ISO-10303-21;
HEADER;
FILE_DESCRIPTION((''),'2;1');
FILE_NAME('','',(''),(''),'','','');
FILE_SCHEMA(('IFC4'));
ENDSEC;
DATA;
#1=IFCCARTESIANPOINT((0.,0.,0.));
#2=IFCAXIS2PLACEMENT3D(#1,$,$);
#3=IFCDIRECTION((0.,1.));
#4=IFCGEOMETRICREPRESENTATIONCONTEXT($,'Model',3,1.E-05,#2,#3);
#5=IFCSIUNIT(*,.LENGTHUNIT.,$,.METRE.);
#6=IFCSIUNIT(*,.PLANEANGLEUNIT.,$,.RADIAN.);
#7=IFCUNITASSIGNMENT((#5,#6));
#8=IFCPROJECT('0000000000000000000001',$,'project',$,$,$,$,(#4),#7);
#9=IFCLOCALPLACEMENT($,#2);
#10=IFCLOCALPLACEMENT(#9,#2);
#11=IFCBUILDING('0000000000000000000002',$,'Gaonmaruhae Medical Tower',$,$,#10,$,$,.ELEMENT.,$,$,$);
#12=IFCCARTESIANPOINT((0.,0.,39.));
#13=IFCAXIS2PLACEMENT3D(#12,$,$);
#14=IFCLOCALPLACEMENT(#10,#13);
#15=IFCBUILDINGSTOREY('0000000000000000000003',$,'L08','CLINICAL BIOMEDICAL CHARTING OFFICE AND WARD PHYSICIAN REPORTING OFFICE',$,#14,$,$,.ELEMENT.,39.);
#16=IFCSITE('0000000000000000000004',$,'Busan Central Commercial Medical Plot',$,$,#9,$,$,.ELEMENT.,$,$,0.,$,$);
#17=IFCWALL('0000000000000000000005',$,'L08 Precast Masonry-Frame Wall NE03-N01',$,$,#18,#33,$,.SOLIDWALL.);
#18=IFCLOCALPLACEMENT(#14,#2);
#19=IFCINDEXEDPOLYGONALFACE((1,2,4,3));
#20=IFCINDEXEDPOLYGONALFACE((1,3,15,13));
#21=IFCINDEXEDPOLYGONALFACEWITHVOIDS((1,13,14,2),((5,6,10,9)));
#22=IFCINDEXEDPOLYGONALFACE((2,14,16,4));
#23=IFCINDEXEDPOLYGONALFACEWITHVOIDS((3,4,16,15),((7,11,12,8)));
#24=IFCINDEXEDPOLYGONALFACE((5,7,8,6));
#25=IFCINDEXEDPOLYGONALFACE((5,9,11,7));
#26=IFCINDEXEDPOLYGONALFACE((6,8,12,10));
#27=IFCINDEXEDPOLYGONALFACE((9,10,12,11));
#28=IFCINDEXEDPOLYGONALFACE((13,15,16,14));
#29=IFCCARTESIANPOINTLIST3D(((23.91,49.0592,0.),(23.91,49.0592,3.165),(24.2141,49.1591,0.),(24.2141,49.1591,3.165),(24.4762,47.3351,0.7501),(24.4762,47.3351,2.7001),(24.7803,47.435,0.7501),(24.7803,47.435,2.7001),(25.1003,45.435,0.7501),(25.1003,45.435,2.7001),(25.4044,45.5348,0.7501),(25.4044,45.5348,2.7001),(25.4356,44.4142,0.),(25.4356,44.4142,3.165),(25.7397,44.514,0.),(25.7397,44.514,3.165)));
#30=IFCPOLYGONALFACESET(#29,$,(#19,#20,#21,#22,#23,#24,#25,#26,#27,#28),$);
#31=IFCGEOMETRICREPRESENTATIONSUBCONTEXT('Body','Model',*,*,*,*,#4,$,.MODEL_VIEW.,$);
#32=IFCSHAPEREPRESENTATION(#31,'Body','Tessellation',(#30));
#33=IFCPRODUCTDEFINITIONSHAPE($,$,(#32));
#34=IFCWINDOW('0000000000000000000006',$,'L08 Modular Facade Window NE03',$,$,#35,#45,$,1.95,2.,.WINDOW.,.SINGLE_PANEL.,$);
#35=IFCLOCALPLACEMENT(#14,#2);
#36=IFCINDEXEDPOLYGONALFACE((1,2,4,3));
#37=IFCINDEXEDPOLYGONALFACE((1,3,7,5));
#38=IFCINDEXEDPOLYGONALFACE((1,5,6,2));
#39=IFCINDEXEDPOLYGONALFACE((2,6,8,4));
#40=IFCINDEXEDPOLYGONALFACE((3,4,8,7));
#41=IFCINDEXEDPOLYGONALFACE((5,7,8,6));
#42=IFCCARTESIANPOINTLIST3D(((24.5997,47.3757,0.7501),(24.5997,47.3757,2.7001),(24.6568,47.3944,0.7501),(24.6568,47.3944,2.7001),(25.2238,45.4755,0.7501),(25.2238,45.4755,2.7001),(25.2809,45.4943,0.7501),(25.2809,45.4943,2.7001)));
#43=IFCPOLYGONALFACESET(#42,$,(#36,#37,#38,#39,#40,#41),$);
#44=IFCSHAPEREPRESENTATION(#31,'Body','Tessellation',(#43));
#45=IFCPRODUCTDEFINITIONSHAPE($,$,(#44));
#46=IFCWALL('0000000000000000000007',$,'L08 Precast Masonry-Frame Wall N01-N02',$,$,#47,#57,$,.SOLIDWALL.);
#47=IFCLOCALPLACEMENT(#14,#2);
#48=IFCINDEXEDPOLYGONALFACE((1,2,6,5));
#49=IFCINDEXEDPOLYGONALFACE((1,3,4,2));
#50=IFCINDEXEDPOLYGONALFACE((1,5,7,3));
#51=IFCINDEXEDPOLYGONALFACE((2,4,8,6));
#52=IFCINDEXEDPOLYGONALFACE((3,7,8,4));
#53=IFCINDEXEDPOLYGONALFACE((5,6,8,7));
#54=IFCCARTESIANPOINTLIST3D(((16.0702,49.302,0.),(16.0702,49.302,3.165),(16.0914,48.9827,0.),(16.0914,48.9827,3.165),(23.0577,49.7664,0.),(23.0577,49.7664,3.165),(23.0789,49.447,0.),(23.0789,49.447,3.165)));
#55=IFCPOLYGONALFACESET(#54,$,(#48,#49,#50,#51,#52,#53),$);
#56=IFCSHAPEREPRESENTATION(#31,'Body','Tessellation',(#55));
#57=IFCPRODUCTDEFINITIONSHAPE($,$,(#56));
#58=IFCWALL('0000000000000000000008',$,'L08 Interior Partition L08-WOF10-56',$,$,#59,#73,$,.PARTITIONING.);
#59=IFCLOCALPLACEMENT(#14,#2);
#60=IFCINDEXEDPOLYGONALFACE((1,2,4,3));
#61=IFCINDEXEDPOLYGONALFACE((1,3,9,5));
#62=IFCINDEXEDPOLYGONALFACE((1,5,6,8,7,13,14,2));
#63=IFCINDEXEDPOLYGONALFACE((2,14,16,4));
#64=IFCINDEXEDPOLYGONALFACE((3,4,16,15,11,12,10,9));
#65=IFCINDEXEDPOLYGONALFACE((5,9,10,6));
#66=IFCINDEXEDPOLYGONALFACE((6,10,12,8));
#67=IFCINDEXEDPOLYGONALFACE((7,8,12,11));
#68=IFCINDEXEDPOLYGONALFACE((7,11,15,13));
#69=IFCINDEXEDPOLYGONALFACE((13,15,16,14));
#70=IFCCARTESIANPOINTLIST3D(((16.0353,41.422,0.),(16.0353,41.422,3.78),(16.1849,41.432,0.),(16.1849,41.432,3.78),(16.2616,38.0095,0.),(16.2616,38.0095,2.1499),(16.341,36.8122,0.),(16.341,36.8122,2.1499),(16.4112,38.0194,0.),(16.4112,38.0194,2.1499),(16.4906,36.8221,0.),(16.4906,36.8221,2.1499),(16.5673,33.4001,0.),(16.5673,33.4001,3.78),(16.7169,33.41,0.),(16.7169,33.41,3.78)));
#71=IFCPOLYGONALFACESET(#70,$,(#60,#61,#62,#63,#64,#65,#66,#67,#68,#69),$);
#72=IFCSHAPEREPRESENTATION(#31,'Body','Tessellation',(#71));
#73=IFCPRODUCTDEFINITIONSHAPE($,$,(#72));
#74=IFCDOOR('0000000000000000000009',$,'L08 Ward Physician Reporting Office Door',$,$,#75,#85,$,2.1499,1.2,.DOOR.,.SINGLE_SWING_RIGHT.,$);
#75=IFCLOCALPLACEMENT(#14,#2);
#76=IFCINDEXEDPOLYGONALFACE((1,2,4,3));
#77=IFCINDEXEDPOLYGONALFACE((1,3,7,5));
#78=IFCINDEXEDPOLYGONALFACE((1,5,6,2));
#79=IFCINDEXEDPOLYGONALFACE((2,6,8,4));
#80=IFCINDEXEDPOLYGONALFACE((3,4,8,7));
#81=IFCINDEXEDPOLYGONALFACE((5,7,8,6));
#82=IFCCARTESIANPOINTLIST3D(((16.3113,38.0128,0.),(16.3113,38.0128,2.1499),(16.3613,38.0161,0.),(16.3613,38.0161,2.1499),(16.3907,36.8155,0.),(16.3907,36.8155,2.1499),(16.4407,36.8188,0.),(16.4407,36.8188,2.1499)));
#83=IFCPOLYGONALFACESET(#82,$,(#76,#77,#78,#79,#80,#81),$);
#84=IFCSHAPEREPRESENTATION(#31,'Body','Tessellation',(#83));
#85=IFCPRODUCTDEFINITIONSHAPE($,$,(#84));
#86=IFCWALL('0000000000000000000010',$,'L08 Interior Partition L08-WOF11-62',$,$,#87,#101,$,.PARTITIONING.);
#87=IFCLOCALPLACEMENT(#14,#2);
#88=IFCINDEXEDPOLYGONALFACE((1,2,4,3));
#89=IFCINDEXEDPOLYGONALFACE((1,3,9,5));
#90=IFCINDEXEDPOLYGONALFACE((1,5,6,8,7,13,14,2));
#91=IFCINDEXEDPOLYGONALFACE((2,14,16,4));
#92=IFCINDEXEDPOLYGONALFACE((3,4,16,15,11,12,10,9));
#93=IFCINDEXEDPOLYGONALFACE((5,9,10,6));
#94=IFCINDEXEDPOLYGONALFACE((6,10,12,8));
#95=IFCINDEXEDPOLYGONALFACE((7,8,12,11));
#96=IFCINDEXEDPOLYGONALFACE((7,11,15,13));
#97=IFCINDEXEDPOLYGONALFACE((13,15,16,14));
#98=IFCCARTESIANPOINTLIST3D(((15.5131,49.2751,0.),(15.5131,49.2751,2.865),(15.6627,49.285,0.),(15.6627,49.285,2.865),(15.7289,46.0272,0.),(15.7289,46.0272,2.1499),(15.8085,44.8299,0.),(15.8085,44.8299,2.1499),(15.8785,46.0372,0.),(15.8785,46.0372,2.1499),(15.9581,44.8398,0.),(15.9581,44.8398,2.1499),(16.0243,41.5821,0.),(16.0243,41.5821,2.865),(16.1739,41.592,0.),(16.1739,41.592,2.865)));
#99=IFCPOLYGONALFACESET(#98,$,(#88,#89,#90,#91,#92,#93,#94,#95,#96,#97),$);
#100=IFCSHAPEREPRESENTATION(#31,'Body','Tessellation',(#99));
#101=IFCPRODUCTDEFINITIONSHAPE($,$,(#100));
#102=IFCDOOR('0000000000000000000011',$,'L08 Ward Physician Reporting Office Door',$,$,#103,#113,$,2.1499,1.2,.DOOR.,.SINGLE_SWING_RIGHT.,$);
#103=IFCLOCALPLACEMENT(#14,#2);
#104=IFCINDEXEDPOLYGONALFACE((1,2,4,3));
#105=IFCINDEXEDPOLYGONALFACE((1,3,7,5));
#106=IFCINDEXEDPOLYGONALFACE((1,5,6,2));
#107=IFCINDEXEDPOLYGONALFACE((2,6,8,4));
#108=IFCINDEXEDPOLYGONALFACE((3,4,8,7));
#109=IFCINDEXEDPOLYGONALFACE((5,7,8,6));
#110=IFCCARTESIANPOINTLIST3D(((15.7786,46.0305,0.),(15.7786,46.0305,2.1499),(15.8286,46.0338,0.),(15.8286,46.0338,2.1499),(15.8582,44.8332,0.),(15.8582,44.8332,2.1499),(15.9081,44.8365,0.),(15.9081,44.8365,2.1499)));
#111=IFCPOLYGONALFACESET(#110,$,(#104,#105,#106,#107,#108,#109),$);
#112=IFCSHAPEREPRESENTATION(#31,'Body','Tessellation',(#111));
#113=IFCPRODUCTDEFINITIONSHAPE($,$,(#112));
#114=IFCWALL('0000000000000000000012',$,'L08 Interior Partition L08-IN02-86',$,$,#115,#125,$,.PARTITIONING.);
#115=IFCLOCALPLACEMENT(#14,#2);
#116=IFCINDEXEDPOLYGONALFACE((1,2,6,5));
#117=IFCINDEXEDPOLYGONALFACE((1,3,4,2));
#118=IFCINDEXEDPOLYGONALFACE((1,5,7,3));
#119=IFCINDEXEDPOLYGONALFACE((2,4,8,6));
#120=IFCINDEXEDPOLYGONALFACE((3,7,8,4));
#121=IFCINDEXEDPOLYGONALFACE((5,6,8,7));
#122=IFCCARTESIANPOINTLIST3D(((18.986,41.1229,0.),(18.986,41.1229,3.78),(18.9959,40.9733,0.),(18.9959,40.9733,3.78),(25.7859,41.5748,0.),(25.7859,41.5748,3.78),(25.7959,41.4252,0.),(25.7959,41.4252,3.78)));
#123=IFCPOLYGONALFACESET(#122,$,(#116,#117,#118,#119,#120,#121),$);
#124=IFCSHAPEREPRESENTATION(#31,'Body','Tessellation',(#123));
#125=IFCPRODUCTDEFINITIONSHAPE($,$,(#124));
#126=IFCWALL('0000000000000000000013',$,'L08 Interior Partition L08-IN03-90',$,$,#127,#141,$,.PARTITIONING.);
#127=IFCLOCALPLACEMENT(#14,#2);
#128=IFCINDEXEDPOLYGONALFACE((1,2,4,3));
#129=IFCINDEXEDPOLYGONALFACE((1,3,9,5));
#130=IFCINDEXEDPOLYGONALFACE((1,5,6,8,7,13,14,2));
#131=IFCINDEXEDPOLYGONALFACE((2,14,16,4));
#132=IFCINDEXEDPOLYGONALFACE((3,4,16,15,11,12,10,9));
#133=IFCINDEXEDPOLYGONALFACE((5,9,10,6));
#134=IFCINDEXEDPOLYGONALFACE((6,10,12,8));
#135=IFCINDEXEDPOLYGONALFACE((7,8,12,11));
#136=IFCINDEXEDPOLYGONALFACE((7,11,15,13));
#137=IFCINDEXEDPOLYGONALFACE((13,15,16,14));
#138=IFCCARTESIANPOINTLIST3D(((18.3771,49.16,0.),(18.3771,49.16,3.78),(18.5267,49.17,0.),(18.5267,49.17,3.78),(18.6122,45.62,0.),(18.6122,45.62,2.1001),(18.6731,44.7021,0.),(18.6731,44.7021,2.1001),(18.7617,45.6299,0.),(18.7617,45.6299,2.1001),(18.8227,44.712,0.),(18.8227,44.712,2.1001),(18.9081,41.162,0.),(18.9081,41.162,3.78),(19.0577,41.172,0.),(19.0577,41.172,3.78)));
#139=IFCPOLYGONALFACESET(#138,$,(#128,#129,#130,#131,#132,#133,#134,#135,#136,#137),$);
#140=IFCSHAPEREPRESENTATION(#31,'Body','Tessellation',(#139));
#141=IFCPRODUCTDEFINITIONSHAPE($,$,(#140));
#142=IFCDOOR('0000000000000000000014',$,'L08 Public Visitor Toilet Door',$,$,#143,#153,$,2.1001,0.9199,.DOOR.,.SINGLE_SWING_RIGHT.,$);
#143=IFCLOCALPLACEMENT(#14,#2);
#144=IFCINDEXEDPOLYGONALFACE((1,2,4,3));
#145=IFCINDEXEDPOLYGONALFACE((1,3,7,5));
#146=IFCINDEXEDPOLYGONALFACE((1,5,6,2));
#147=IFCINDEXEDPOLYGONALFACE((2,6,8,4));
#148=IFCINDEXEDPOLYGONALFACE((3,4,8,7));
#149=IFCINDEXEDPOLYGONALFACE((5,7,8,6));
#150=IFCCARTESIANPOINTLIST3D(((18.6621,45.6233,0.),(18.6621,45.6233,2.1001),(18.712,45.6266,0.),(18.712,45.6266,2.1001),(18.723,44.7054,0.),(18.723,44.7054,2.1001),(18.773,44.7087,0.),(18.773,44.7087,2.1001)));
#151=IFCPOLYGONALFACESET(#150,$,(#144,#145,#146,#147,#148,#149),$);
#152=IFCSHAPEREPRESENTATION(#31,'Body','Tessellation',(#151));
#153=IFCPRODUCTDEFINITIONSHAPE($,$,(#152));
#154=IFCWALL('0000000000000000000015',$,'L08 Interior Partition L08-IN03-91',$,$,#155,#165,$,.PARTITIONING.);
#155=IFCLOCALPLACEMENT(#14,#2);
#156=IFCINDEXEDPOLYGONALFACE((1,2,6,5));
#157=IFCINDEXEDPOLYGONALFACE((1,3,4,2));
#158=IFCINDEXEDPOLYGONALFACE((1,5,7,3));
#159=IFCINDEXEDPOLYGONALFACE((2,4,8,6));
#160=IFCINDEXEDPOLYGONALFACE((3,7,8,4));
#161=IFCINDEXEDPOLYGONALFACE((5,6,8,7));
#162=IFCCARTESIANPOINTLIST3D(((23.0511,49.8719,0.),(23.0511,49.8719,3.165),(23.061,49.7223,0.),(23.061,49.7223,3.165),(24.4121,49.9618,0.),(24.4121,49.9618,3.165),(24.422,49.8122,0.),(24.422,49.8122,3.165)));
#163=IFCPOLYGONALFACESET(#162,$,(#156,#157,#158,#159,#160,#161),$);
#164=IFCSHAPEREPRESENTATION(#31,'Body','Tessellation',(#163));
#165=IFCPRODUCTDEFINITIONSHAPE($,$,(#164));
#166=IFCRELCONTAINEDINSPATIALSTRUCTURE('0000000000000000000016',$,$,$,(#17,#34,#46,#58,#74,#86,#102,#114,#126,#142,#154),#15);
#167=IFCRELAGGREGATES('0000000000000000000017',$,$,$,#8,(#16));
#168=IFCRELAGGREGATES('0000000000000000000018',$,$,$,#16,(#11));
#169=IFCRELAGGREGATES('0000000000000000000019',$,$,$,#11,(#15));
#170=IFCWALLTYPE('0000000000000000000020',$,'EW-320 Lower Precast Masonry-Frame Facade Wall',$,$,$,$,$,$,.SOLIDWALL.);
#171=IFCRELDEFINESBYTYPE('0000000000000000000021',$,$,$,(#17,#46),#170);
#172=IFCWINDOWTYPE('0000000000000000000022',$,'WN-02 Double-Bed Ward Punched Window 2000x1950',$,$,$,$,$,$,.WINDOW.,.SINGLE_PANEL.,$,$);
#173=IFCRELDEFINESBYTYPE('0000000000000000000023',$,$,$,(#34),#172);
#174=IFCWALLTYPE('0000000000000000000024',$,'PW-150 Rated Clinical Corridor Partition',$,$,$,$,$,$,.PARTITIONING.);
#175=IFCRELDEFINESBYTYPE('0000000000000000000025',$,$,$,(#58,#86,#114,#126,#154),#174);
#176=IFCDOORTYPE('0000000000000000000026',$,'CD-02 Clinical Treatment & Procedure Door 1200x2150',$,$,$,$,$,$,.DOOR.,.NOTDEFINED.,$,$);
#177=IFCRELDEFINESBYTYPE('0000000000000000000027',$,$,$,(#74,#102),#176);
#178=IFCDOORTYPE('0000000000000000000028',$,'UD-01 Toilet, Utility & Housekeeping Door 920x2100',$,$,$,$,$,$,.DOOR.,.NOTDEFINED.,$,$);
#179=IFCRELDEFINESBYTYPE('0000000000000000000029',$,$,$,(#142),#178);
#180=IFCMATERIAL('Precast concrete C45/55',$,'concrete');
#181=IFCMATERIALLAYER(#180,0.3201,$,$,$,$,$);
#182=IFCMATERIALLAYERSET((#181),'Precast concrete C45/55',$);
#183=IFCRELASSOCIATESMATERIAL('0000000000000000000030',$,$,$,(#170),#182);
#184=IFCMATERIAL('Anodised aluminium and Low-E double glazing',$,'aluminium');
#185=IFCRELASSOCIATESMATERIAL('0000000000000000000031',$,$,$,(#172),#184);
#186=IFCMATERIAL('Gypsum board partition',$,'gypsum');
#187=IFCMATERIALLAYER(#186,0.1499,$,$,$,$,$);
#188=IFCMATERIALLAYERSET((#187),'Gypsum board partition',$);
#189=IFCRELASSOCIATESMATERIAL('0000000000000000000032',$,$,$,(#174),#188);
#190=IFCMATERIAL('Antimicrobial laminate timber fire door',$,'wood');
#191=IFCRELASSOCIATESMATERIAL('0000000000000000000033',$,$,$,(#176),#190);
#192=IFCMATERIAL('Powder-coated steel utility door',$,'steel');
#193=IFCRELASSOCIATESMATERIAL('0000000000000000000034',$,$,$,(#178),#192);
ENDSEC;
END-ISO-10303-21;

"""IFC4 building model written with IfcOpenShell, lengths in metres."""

from ifc_helpers import new_model, si_unit, direction, frame, frame_2d, origin, place, context, subcontext, project, spatial, rectangle, extrude, material, layer, layer_set, type_object, element, fill, save


model = new_model("IFC4")

# Units and contexts
model_context = context("Model", 3, precision=1e-05, world=origin(), true_north=direction((0.0, 1.0)))
body_context = subcontext(model_context, "Body", "Model", "MODEL_VIEW")
ifc_project = project(units=[si_unit("LENGTHUNIT", "METRE"), si_unit("PLANEANGLEUNIT", "RADIAN")], contexts=[model_context])

# Site, building, storey
site_placement = place(None, origin())
site = spatial("IfcSite", under=ifc_project, at=site_placement, Name="Busan Central Commercial Medical Plot", CompositionType="ELEMENT", RefElevation=0.0)
building_placement = place(site_placement, origin())
building = spatial("IfcBuilding", under=site, at=building_placement, Name="Gaonmaruhae Medical Tower", CompositionType="ELEMENT")
storey_placement = place(building_placement, frame((0.0, 0.0, 39.0)))
storey = spatial("IfcBuildingStorey", under=building, at=storey_placement, Name="L08", Description="CLINICAL BIOMEDICAL CHARTING OFFICE AND WARD PHYSICIAN REPORTING OFFICE", CompositionType="ELEMENT", Elevation=39.0)

# Wall, opening, window
ifc_material_1 = material(Name="Precast concrete C45/55", Category="concrete")
ifc_layer_1 = layer(ifc_material_1, 0.3201)
ifc_layer_set_1 = layer_set([ifc_layer_1], Name="Precast concrete C45/55")
wall_type_1 = type_object("IfcWallType", Name="EW-320 Lower Precast Masonry-Frame Facade Wall", PredefinedType="SOLIDWALL", material=ifc_layer_set_1)
wall_1_placement = place(storey_placement, frame((24.062, 49.1091, 0.0), z_axis=(0.0, 0.0, 1.0), x_axis=(0.312045, -0.950067, 0.0)))
wall_1 = element("IfcWall", 1, at=wall_1_placement, inside=storey, type_object=wall_type_1, Name="L08 Precast Masonry-Frame Wall NE03-N01", PredefinedType="SOLIDWALL", context=body_context, shape_type="SweptSolid", body=[
    extrude(rectangle(XDim=4.8892, YDim=0.3201, at=frame_2d((2.4446, 0.0))), origin(), (0.0, 0.0, 1.0), 3.165),
])
opening_1_placement = place(wall_1_placement, frame((1.8147, 0.0, 0.75)))
opening_1 = element("IfcOpeningElement", 2, at=opening_1_placement, cuts=wall_1, PredefinedType="OPENING", context=body_context, shape_type="SweptSolid", body=[
    extrude(rectangle(XDim=2.0, YDim=1.95, at=frame_2d((1.0, 0.9751))), frame((0.0, 0.1699, 0.0), z_axis=(0.0, -1.0, 0.0), x_axis=(1.0, 0.0, 0.0)), (0.0, 0.0, 1.0), 0.3401),
])
ifc_material_2 = material(Name="Anodised aluminium and Low-E double glazing", Category="aluminium")
window_type = type_object("IfcWindowType", Name="WN-02 Double-Bed Ward Punched Window 2000x1950", PartitioningType="SINGLE_PANEL", PredefinedType="WINDOW", material=ifc_material_2)
window_placement = place(opening_1_placement, origin())
window = element("IfcWindow", 3, at=window_placement, inside=storey, type_object=window_type, Name="L08 Modular Facade Window NE03", OverallHeight=1.95, OverallWidth=2.0, PartitioningType="SINGLE_PANEL", PredefinedType="WINDOW", context=body_context, shape_type="SweptSolid", body=[
    extrude(rectangle(XDim=2.0, YDim=1.95, at=frame_2d((1.0, 0.9751))), frame((0.0, 0.03, 0.0), z_axis=(0.0, -1.0, 0.0), x_axis=(1.0, 0.0, 0.0)), (0.0, 0.0, 1.0), 0.0601),
])
fill(opening_1, window)

# Wall
wall_2_placement = place(storey_placement, frame((16.0808, 49.1423, 0.0), z_axis=(0.0, 0.0, 1.0), x_axis=(0.997799, 0.066308, 0.0)))
element("IfcWall", 4, at=wall_2_placement, inside=storey, type_object=wall_type_1, Name="L08 Precast Masonry-Frame Wall N01-N02", PredefinedType="SOLIDWALL", context=body_context, shape_type="SweptSolid", body=[
    extrude(rectangle(XDim=7.0029, YDim=0.3201, at=frame_2d((3.5015, 0.0))), origin(), (0.0, 0.0, 1.0), 3.165),
])

# Walls, openings, doors
ifc_material_3 = material(Name="Gypsum board partition", Category="gypsum")
ifc_layer_2 = layer(ifc_material_3, 0.1499)
ifc_layer_set_2 = layer_set([ifc_layer_2], Name="Gypsum board partition")
wall_type_2 = type_object("IfcWallType", Name="PW-150 Rated Clinical Corridor Partition", PredefinedType="PARTITIONING", material=ifc_layer_set_2)
wall_3_placement = place(storey_placement, frame((16.1101, 41.427, 0.0), z_axis=(0.0, 0.0, 1.0), x_axis=(0.06617, -0.997808, 0.0)))
wall_3 = element("IfcWall", 5, at=wall_3_placement, inside=storey, type_object=wall_type_2, Name="L08 Interior Partition L08-WOF10-56", PredefinedType="PARTITIONING", context=body_context, shape_type="SweptSolid", body=[
    extrude(rectangle(XDim=8.0396, YDim=0.1499, at=frame_2d((4.0198, 0.0))), origin(), (0.0, 0.0, 1.0), 3.78),
])
opening_2_placement = place(wall_3_placement, frame((3.4199, 0.0, 0.0)))
opening_2 = element("IfcOpeningElement", 6, at=opening_2_placement, cuts=wall_3, PredefinedType="OPENING", context=body_context, shape_type="SweptSolid", body=[
    extrude(rectangle(XDim=1.2, YDim=2.1499, at=frame_2d((0.6001, 1.075))), frame((0.0, 0.085, 0.0), z_axis=(0.0, -1.0, 0.0), x_axis=(1.0, 0.0, 0.0)), (0.0, 0.0, 1.0), 0.1699),
])
ifc_material_4 = material(Name="Antimicrobial laminate timber fire door", Category="wood")
door_type_1 = type_object("IfcDoorType", Name="CD-02 Clinical Treatment & Procedure Door 1200x2150", OperationType="NOTDEFINED", PredefinedType="DOOR", material=ifc_material_4)
door_1_placement = place(opening_2_placement, origin())
door_1 = element("IfcDoor", 7, at=door_1_placement, inside=storey, type_object=door_type_1, Name="L08 Ward Physician Reporting Office Door", OperationType="SINGLE_SWING_RIGHT", OverallHeight=2.1499, OverallWidth=1.2, PredefinedType="DOOR", context=body_context, shape_type="SweptSolid", body=[
    extrude(rectangle(XDim=1.2, YDim=2.1499, at=frame_2d((0.6001, 1.075))), frame((0.0, 0.0249, 0.0), z_axis=(0.0, -1.0, 0.0), x_axis=(1.0, 0.0, 0.0)), (0.0, 0.0, 1.0), 0.05),
])
fill(opening_2, door_1)
wall_4_placement = place(storey_placement, frame((15.5879, 49.28, 0.0), z_axis=(0.0, 0.0, 1.0), x_axis=(0.066307, -0.997799, 0.0)))
wall_4 = element("IfcWall", 8, at=wall_4_placement, inside=storey, type_object=wall_type_2, Name="L08 Interior Partition L08-WOF11-62", PredefinedType="PARTITIONING", context=body_context, shape_type="SweptSolid", body=[
    extrude(rectangle(XDim=7.71, YDim=0.1499, at=frame_2d((3.855, 0.0))), origin(), (0.0, 0.0, 1.0), 2.865),
])
opening_3_placement = place(wall_4_placement, frame((3.2549, 0.0, 0.0)))
opening_3 = element("IfcOpeningElement", 9, at=opening_3_placement, cuts=wall_4, PredefinedType="OPENING", context=body_context, shape_type="SweptSolid", body=[
    extrude(rectangle(XDim=1.2, YDim=2.1499, at=frame_2d((0.6001, 1.075))), frame((0.0, 0.085, 0.0), z_axis=(0.0, -1.0, 0.0), x_axis=(1.0, 0.0, 0.0)), (0.0, 0.0, 1.0), 0.1699),
])
door_2_placement = place(opening_3_placement, origin())
door_2 = element("IfcDoor", 10, at=door_2_placement, inside=storey, type_object=door_type_1, Name="L08 Ward Physician Reporting Office Door", OperationType="SINGLE_SWING_RIGHT", OverallHeight=2.1499, OverallWidth=1.2, PredefinedType="DOOR", context=body_context, shape_type="SweptSolid", body=[
    extrude(rectangle(XDim=1.2, YDim=2.1499, at=frame_2d((0.6001, 1.075))), frame((0.0, 0.0249, 0.0), z_axis=(0.0, -1.0, 0.0), x_axis=(1.0, 0.0, 0.0)), (0.0, 0.0, 1.0), 0.05),
])
fill(opening_3, door_2)

# Wall
wall_5_placement = place(storey_placement, frame((18.991, 41.0481, 0.0), z_axis=(0.0, 0.0, 1.0), x_axis=(0.997799, 0.06631, 0.0)))
element("IfcWall", 11, at=wall_5_placement, inside=storey, type_object=wall_type_2, Name="L08 Interior Partition L08-IN02-86", PredefinedType="PARTITIONING", context=body_context, shape_type="SweptSolid", body=[
    extrude(rectangle(XDim=6.8149, YDim=0.1499, at=frame_2d((3.4075, 0.0))), origin(), (0.0, 0.0, 1.0), 3.78),
])

# Wall, opening, door
wall_6_placement = place(storey_placement, frame((18.9829, 41.167, 0.0), z_axis=(0.0, 0.0, 1.0), x_axis=(-0.066246, 0.997803, 0.0)))
wall_6 = element("IfcWall", 12, at=wall_6_placement, inside=storey, type_object=wall_type_2, Name="L08 Interior Partition L08-IN03-90", PredefinedType="PARTITIONING", context=body_context, shape_type="SweptSolid", body=[
    extrude(rectangle(XDim=8.0156, YDim=0.1499, at=frame_2d((4.0078, 0.0))), origin(), (0.0, 0.0, 1.0), 3.78),
])
opening_4_placement = place(wall_6_placement, frame((3.5479, 0.0, 0.0)))
opening_4 = element("IfcOpeningElement", 13, at=opening_4_placement, cuts=wall_6, PredefinedType="OPENING", context=body_context, shape_type="SweptSolid", body=[
    extrude(rectangle(XDim=0.9199, YDim=2.1001, at=frame_2d((0.46, 1.05))), frame((0.0, 0.085, 0.0), z_axis=(0.0, -1.0, 0.0), x_axis=(1.0, 0.0, 0.0)), (0.0, 0.0, 1.0), 0.1699),
])
ifc_material_5 = material(Name="Powder-coated steel utility door", Category="steel")
door_type_2 = type_object("IfcDoorType", Name="UD-01 Toilet, Utility & Housekeeping Door 920x2100", OperationType="NOTDEFINED", PredefinedType="DOOR", material=ifc_material_5)
door_3_placement = place(opening_4_placement, origin())
door_3 = element("IfcDoor", 14, at=door_3_placement, inside=storey, type_object=door_type_2, Name="L08 Public Visitor Toilet Door", OperationType="SINGLE_SWING_RIGHT", OverallHeight=2.1001, OverallWidth=0.9199, PredefinedType="DOOR", context=body_context, shape_type="SweptSolid", body=[
    extrude(rectangle(XDim=0.9199, YDim=2.1001, at=frame_2d((0.46, 1.05))), frame((0.0, 0.0249, 0.0), z_axis=(0.0, -1.0, 0.0), x_axis=(1.0, 0.0, 0.0)), (0.0, 0.0, 1.0), 0.05),
])
fill(opening_4, door_3)

# Wall
wall_7_placement = place(storey_placement, frame((23.0559, 49.7971, 0.0), z_axis=(0.0, 0.0, 1.0), x_axis=(0.997829, 0.065866, 0.0)))
element("IfcWall", 15, at=wall_7_placement, inside=storey, type_object=wall_type_2, Name="L08 Interior Partition L08-IN03-91", PredefinedType="PARTITIONING", context=body_context, shape_type="SweptSolid", body=[
    extrude(rectangle(XDim=1.364, YDim=0.1499, at=frame_2d((0.6821, 0.0))), origin(), (0.0, 0.0, 1.0), 3.165),
])

save(model, "model.ifc")
